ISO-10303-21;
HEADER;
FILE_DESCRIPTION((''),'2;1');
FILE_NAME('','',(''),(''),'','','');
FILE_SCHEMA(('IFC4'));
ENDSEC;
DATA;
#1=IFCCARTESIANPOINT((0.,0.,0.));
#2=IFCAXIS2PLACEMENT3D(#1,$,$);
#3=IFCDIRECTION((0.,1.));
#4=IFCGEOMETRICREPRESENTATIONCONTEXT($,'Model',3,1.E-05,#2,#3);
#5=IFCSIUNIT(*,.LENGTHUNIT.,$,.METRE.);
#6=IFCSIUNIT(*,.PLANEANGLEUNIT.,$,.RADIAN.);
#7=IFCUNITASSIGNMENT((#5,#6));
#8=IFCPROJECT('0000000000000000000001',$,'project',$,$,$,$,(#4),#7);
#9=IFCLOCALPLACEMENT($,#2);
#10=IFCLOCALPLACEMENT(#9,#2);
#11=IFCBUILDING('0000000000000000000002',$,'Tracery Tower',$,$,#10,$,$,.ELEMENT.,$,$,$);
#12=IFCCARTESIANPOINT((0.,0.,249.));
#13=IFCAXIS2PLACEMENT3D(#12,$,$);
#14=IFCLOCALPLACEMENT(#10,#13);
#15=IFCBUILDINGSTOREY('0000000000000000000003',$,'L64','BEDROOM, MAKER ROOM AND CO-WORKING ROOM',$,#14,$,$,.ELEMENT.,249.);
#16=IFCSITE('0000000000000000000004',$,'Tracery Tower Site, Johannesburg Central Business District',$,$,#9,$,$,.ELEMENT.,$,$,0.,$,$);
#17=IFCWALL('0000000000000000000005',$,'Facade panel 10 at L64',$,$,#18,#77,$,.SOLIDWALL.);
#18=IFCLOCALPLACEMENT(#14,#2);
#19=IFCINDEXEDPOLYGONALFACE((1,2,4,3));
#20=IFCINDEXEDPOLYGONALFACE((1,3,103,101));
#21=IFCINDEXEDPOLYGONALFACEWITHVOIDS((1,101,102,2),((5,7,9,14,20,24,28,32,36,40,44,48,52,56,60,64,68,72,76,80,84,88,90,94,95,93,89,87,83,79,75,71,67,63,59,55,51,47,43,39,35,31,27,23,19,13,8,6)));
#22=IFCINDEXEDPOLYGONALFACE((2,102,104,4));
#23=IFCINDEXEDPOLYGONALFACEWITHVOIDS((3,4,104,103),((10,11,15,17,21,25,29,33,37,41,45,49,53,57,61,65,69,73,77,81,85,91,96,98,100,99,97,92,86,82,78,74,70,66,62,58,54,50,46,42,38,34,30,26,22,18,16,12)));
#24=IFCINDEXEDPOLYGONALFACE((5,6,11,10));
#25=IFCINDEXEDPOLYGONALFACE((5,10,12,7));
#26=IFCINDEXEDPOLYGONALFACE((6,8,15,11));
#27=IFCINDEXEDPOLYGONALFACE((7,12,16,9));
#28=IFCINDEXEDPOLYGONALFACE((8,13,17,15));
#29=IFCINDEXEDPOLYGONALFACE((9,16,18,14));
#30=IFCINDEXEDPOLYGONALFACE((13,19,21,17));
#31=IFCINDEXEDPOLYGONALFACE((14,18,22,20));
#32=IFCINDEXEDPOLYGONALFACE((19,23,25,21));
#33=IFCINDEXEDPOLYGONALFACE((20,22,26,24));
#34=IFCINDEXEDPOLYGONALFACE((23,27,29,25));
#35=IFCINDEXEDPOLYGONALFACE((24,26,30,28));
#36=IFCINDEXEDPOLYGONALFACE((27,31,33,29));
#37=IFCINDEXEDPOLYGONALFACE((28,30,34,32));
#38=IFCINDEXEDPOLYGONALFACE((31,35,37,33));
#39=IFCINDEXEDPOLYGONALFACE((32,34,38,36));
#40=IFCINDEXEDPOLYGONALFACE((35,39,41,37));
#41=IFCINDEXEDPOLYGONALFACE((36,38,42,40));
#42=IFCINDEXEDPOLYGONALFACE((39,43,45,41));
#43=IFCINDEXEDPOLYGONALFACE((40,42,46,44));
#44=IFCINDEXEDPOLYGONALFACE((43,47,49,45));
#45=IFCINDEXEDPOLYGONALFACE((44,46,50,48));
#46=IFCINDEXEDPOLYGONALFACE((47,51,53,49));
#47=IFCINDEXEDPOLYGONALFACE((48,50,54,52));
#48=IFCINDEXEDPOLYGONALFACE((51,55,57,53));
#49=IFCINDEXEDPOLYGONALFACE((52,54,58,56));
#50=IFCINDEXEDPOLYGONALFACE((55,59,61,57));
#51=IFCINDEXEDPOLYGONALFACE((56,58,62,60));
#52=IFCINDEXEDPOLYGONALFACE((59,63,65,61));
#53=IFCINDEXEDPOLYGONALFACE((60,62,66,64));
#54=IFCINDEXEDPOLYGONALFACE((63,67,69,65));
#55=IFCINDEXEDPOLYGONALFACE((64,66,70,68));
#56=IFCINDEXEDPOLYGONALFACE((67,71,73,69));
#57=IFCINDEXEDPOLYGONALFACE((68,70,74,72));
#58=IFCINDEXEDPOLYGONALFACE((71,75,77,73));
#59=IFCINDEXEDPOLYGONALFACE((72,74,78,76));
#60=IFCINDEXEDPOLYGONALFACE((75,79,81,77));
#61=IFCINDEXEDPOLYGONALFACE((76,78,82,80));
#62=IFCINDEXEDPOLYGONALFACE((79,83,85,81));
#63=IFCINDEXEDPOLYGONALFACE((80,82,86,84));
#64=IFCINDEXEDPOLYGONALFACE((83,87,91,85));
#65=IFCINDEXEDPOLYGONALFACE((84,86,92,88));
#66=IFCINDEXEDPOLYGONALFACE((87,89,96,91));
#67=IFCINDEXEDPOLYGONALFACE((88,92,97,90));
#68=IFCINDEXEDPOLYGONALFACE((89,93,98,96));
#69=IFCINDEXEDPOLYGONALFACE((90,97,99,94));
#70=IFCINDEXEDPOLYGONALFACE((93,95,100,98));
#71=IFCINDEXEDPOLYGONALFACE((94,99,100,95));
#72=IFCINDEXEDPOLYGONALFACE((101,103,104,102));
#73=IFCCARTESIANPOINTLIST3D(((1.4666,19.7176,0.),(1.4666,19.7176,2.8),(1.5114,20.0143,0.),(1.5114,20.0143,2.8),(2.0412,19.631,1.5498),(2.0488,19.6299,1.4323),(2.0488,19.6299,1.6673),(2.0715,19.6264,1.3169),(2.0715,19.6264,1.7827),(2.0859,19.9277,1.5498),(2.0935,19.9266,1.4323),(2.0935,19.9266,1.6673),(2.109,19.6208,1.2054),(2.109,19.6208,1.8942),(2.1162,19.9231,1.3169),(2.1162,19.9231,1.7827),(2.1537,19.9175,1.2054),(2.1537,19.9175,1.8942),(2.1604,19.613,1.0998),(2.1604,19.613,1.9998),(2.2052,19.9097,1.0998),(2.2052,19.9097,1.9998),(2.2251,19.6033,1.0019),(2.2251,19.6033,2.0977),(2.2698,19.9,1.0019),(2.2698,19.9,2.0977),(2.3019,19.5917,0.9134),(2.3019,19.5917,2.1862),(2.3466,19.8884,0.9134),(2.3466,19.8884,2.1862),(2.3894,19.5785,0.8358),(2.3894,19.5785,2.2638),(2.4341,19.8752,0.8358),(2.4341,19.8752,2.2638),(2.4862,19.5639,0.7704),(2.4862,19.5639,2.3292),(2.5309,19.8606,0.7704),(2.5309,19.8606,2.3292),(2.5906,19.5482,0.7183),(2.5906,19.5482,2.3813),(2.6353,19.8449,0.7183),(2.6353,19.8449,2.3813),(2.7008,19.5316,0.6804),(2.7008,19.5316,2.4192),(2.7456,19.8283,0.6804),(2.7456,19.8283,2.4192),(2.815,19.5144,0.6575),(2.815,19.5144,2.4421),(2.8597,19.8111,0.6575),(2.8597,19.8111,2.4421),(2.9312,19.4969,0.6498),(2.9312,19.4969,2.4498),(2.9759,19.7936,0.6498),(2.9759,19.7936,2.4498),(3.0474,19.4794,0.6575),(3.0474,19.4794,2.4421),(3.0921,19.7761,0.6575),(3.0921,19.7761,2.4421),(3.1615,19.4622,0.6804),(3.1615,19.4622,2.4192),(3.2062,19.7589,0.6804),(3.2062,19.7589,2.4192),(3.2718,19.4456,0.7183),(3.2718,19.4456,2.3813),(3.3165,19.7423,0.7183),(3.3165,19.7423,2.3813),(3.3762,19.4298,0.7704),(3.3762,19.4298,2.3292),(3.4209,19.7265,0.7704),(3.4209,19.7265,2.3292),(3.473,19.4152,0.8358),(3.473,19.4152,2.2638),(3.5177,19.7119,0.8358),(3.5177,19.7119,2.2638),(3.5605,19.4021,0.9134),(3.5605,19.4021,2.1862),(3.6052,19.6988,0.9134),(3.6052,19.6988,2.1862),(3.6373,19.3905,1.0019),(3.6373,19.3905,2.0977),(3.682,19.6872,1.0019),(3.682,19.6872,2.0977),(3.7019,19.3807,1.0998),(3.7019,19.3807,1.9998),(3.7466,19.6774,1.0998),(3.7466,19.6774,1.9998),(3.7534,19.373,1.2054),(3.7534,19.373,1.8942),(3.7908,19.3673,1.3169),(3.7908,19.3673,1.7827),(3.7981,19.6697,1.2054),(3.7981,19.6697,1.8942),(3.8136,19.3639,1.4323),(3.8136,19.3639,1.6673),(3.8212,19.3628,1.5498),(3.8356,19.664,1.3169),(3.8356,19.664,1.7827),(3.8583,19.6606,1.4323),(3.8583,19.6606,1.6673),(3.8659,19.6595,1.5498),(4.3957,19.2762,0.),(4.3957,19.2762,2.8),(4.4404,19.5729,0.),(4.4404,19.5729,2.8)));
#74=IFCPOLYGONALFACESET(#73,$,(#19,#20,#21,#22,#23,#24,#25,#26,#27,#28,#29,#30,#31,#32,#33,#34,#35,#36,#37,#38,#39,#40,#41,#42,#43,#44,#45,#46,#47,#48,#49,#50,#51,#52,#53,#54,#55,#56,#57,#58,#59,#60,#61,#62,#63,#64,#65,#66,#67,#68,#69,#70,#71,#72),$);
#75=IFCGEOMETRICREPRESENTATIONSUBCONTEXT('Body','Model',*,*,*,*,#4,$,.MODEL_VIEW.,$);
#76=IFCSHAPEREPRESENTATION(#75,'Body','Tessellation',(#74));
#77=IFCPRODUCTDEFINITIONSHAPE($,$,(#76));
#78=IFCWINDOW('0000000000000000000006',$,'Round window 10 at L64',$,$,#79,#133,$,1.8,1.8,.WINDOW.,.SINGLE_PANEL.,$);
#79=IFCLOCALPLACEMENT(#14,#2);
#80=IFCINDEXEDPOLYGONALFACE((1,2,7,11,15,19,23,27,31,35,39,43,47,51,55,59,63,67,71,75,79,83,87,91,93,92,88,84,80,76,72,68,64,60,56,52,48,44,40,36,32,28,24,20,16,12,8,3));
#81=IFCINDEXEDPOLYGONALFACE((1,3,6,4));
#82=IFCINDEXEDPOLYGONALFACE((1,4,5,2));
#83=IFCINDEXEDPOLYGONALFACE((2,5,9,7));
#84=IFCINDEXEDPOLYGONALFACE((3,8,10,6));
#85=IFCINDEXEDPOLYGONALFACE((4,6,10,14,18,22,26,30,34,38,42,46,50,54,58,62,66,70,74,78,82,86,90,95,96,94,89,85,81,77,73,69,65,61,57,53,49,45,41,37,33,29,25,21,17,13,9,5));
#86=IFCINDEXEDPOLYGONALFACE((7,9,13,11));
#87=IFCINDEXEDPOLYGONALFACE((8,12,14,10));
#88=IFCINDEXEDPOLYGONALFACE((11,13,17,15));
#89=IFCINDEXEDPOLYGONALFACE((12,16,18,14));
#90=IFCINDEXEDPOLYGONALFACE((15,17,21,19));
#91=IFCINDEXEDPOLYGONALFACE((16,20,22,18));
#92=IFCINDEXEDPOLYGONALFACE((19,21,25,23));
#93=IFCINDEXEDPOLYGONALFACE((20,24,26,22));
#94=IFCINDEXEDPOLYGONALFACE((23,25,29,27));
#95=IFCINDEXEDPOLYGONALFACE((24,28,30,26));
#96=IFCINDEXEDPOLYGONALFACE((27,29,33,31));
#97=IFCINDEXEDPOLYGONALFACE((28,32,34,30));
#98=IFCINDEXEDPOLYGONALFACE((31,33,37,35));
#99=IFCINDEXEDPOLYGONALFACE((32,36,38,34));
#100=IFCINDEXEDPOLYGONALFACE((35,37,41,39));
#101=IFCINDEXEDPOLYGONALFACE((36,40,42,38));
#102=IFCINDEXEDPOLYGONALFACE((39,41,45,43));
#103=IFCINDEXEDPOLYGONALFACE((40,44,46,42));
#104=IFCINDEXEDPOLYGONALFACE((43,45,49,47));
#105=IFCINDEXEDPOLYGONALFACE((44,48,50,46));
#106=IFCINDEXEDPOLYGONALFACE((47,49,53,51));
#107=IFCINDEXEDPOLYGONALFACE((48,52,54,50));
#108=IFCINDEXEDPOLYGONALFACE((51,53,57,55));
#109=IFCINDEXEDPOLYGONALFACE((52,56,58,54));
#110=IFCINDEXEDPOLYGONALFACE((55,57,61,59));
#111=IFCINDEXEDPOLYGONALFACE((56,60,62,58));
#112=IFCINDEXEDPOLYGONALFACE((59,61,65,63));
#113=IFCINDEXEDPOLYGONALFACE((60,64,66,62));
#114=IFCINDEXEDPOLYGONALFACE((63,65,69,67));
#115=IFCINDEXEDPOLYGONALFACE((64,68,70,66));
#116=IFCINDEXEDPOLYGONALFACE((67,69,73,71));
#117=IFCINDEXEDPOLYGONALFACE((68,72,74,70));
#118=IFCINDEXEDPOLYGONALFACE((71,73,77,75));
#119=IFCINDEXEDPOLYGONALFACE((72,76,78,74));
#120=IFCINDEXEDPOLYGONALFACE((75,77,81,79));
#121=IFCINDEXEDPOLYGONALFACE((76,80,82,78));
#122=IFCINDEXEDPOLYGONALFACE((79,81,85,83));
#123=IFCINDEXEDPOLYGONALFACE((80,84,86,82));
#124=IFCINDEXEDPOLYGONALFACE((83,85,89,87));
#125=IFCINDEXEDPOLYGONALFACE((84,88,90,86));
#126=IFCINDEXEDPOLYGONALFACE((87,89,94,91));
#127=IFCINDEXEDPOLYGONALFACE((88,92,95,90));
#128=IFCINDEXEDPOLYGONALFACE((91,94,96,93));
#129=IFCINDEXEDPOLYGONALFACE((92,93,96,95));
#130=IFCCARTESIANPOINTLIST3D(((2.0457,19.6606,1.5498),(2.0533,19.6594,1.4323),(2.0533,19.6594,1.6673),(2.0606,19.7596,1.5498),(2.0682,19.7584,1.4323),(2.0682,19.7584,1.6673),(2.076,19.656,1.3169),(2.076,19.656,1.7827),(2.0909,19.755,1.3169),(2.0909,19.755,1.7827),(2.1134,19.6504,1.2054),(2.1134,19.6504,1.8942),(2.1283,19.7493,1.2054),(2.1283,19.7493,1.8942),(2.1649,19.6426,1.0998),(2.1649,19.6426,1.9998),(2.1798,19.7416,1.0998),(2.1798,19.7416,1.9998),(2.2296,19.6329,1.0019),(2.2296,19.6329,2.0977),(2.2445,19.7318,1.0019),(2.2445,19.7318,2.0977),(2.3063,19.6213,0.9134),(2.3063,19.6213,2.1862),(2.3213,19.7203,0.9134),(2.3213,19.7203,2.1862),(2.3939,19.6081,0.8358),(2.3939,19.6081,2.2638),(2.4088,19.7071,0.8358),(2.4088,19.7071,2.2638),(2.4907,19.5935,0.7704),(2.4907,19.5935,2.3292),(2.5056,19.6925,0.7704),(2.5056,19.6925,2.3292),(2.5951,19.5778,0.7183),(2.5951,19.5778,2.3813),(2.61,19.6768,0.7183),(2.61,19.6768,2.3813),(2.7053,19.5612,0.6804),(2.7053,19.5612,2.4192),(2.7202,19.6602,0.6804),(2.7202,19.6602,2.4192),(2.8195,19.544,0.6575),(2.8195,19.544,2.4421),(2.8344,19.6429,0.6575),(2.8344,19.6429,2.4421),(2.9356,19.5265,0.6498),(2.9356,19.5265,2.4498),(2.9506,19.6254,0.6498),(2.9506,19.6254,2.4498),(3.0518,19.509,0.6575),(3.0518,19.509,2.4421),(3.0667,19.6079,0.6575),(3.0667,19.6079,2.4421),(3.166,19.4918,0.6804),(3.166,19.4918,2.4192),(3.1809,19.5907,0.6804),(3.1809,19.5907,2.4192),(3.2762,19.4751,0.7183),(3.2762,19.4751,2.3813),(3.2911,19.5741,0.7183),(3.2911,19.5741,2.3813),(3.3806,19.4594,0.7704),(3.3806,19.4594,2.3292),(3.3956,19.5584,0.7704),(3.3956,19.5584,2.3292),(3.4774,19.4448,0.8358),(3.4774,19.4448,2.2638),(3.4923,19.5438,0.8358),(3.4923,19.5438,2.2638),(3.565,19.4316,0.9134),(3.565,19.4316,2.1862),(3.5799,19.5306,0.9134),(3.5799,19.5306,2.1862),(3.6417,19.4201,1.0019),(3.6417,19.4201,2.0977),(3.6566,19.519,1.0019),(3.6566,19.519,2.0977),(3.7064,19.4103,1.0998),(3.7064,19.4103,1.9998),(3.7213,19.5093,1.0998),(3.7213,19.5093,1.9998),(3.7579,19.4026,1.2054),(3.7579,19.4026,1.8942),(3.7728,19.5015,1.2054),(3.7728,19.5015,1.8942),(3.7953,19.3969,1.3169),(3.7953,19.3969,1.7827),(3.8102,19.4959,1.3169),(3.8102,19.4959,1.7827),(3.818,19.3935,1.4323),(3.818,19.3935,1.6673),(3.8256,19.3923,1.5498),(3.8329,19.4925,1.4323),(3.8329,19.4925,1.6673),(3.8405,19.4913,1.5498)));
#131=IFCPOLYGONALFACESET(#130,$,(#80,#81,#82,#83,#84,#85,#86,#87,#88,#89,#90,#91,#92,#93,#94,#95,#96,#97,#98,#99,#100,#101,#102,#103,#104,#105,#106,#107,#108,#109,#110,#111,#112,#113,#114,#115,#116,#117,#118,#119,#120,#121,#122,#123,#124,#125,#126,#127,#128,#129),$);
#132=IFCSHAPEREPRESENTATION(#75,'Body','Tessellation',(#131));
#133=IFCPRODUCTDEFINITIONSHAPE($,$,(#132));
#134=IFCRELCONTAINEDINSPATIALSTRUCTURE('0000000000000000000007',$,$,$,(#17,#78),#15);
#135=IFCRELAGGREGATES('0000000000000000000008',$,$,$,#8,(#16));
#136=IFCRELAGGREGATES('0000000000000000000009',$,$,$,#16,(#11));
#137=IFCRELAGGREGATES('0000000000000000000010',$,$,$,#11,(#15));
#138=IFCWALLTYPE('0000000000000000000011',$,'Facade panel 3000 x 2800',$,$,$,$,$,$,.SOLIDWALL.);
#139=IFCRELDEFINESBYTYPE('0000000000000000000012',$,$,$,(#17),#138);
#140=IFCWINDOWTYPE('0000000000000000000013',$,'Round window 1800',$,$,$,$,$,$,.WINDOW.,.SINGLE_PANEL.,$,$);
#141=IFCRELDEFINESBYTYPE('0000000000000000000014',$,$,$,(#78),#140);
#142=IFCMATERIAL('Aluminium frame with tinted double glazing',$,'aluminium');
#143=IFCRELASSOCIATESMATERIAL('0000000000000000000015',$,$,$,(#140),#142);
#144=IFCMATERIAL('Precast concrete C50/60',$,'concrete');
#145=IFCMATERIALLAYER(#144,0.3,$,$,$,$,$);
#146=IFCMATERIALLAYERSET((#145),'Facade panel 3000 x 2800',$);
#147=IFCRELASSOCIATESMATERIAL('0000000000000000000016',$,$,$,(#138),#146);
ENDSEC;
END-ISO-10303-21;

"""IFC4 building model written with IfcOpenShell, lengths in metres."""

from ifc_helpers import new_model, si_unit, direction, frame, frame_2d, origin, origin_2d, place, context, subcontext, project, spatial, rectangle, circle, extrude, material, layer, layer_set, type_object, element, fill, save


model = new_model("IFC4")

# Units and contexts
model_context = context("Model", 3, precision=1e-05, world=origin(), true_north=direction((0.0, 1.0)))
body_context = subcontext(model_context, "Body", "Model", "MODEL_VIEW")
ifc_project = project(units=[si_unit("LENGTHUNIT", "METRE"), si_unit("PLANEANGLEUNIT", "RADIAN")], contexts=[model_context])

# Site, building, storey
site_placement = place(None, origin())
site = spatial("IfcSite", under=ifc_project, at=site_placement, Name="Tracery Tower Site, Johannesburg Central Business District", CompositionType="ELEMENT", RefElevation=0.0)
building_placement = place(site_placement, origin())
building = spatial("IfcBuilding", under=site, at=building_placement, Name="Tracery Tower", CompositionType="ELEMENT")
storey_placement = place(building_placement, frame((0.0, 0.0, 249.0)))
storey = spatial("IfcBuildingStorey", under=building, at=storey_placement, Name="L64", Description="BEDROOM, MAKER ROOM AND CO-WORKING ROOM", CompositionType="ELEMENT", Elevation=249.0)

# Wall, opening, window
ifc_material_1 = material(Name="Aluminium frame with tinted double glazing", Category="aluminium")
window_type = type_object("IfcWindowType", Name="Round window 1800", PartitioningType="SINGLE_PANEL", PredefinedType="WINDOW", material=ifc_material_1)
ifc_material_2 = material(Name="Precast concrete C50/60", Category="concrete")
ifc_layer_1 = layer(ifc_material_2, 0.3)
ifc_layer_set_1 = layer_set([ifc_layer_1], Name="Facade panel 3000 x 2800")
wall_type_1 = type_object("IfcWallType", Name="Facade panel 3000 x 2800", PredefinedType="SOLIDWALL", material=ifc_layer_set_1)
wall_1_placement = place(storey_placement, frame((4.418, 19.4246, 0.0), z_axis=(0.0, 0.0, 1.0), x_axis=(-0.988836, 0.149009, 0.0)))
wall_1 = element("IfcWall", 1, at=wall_1_placement, inside=storey, type_object=wall_type_1, Name="Facade panel 10 at L64", PredefinedType="SOLIDWALL", context=body_context, shape_type="SweptSolid", body=[
    extrude(rectangle(XDim=2.9622, YDim=0.3, at=frame_2d((1.481, 0.0))), origin(), (0.0, 0.0, 1.0), 2.8),
])
opening_1_placement = place(wall_1_placement, frame((1.481, 0.0, 1.5498)))
opening_1 = element("IfcOpeningElement", 2, at=opening_1_placement, cuts=wall_1, PredefinedType="OPENING", context=body_context, shape_type="SweptSolid", body=[
    extrude(circle(Radius=0.9, at=origin_2d()), frame((0.0, 0.1599, 0.0), z_axis=(0.0, -1.0, 0.0), x_axis=(1.0, 0.0, 0.0)), (0.0, 0.0, 1.0), 0.3201),
])
window_1_placement = place(opening_1_placement, origin())
window_1 = element("IfcWindow", 3, at=window_1_placement, inside=storey, type_object=window_type, Name="Round window 10 at L64", OverallHeight=1.8, OverallWidth=1.8, PartitioningType="SINGLE_PANEL", PredefinedType="WINDOW", context=body_context, shape_type="SweptSolid", body=[
    extrude(circle(Radius=0.9, at=origin_2d()), frame((0.0, 0.1201, 0.0), z_axis=(0.0, -1.0, 0.0), x_axis=(1.0, 0.0, 0.0)), (0.0, 0.0, 1.0), 0.1001),
])
fill(opening_1, window_1)

save(model, "model.ifc")
